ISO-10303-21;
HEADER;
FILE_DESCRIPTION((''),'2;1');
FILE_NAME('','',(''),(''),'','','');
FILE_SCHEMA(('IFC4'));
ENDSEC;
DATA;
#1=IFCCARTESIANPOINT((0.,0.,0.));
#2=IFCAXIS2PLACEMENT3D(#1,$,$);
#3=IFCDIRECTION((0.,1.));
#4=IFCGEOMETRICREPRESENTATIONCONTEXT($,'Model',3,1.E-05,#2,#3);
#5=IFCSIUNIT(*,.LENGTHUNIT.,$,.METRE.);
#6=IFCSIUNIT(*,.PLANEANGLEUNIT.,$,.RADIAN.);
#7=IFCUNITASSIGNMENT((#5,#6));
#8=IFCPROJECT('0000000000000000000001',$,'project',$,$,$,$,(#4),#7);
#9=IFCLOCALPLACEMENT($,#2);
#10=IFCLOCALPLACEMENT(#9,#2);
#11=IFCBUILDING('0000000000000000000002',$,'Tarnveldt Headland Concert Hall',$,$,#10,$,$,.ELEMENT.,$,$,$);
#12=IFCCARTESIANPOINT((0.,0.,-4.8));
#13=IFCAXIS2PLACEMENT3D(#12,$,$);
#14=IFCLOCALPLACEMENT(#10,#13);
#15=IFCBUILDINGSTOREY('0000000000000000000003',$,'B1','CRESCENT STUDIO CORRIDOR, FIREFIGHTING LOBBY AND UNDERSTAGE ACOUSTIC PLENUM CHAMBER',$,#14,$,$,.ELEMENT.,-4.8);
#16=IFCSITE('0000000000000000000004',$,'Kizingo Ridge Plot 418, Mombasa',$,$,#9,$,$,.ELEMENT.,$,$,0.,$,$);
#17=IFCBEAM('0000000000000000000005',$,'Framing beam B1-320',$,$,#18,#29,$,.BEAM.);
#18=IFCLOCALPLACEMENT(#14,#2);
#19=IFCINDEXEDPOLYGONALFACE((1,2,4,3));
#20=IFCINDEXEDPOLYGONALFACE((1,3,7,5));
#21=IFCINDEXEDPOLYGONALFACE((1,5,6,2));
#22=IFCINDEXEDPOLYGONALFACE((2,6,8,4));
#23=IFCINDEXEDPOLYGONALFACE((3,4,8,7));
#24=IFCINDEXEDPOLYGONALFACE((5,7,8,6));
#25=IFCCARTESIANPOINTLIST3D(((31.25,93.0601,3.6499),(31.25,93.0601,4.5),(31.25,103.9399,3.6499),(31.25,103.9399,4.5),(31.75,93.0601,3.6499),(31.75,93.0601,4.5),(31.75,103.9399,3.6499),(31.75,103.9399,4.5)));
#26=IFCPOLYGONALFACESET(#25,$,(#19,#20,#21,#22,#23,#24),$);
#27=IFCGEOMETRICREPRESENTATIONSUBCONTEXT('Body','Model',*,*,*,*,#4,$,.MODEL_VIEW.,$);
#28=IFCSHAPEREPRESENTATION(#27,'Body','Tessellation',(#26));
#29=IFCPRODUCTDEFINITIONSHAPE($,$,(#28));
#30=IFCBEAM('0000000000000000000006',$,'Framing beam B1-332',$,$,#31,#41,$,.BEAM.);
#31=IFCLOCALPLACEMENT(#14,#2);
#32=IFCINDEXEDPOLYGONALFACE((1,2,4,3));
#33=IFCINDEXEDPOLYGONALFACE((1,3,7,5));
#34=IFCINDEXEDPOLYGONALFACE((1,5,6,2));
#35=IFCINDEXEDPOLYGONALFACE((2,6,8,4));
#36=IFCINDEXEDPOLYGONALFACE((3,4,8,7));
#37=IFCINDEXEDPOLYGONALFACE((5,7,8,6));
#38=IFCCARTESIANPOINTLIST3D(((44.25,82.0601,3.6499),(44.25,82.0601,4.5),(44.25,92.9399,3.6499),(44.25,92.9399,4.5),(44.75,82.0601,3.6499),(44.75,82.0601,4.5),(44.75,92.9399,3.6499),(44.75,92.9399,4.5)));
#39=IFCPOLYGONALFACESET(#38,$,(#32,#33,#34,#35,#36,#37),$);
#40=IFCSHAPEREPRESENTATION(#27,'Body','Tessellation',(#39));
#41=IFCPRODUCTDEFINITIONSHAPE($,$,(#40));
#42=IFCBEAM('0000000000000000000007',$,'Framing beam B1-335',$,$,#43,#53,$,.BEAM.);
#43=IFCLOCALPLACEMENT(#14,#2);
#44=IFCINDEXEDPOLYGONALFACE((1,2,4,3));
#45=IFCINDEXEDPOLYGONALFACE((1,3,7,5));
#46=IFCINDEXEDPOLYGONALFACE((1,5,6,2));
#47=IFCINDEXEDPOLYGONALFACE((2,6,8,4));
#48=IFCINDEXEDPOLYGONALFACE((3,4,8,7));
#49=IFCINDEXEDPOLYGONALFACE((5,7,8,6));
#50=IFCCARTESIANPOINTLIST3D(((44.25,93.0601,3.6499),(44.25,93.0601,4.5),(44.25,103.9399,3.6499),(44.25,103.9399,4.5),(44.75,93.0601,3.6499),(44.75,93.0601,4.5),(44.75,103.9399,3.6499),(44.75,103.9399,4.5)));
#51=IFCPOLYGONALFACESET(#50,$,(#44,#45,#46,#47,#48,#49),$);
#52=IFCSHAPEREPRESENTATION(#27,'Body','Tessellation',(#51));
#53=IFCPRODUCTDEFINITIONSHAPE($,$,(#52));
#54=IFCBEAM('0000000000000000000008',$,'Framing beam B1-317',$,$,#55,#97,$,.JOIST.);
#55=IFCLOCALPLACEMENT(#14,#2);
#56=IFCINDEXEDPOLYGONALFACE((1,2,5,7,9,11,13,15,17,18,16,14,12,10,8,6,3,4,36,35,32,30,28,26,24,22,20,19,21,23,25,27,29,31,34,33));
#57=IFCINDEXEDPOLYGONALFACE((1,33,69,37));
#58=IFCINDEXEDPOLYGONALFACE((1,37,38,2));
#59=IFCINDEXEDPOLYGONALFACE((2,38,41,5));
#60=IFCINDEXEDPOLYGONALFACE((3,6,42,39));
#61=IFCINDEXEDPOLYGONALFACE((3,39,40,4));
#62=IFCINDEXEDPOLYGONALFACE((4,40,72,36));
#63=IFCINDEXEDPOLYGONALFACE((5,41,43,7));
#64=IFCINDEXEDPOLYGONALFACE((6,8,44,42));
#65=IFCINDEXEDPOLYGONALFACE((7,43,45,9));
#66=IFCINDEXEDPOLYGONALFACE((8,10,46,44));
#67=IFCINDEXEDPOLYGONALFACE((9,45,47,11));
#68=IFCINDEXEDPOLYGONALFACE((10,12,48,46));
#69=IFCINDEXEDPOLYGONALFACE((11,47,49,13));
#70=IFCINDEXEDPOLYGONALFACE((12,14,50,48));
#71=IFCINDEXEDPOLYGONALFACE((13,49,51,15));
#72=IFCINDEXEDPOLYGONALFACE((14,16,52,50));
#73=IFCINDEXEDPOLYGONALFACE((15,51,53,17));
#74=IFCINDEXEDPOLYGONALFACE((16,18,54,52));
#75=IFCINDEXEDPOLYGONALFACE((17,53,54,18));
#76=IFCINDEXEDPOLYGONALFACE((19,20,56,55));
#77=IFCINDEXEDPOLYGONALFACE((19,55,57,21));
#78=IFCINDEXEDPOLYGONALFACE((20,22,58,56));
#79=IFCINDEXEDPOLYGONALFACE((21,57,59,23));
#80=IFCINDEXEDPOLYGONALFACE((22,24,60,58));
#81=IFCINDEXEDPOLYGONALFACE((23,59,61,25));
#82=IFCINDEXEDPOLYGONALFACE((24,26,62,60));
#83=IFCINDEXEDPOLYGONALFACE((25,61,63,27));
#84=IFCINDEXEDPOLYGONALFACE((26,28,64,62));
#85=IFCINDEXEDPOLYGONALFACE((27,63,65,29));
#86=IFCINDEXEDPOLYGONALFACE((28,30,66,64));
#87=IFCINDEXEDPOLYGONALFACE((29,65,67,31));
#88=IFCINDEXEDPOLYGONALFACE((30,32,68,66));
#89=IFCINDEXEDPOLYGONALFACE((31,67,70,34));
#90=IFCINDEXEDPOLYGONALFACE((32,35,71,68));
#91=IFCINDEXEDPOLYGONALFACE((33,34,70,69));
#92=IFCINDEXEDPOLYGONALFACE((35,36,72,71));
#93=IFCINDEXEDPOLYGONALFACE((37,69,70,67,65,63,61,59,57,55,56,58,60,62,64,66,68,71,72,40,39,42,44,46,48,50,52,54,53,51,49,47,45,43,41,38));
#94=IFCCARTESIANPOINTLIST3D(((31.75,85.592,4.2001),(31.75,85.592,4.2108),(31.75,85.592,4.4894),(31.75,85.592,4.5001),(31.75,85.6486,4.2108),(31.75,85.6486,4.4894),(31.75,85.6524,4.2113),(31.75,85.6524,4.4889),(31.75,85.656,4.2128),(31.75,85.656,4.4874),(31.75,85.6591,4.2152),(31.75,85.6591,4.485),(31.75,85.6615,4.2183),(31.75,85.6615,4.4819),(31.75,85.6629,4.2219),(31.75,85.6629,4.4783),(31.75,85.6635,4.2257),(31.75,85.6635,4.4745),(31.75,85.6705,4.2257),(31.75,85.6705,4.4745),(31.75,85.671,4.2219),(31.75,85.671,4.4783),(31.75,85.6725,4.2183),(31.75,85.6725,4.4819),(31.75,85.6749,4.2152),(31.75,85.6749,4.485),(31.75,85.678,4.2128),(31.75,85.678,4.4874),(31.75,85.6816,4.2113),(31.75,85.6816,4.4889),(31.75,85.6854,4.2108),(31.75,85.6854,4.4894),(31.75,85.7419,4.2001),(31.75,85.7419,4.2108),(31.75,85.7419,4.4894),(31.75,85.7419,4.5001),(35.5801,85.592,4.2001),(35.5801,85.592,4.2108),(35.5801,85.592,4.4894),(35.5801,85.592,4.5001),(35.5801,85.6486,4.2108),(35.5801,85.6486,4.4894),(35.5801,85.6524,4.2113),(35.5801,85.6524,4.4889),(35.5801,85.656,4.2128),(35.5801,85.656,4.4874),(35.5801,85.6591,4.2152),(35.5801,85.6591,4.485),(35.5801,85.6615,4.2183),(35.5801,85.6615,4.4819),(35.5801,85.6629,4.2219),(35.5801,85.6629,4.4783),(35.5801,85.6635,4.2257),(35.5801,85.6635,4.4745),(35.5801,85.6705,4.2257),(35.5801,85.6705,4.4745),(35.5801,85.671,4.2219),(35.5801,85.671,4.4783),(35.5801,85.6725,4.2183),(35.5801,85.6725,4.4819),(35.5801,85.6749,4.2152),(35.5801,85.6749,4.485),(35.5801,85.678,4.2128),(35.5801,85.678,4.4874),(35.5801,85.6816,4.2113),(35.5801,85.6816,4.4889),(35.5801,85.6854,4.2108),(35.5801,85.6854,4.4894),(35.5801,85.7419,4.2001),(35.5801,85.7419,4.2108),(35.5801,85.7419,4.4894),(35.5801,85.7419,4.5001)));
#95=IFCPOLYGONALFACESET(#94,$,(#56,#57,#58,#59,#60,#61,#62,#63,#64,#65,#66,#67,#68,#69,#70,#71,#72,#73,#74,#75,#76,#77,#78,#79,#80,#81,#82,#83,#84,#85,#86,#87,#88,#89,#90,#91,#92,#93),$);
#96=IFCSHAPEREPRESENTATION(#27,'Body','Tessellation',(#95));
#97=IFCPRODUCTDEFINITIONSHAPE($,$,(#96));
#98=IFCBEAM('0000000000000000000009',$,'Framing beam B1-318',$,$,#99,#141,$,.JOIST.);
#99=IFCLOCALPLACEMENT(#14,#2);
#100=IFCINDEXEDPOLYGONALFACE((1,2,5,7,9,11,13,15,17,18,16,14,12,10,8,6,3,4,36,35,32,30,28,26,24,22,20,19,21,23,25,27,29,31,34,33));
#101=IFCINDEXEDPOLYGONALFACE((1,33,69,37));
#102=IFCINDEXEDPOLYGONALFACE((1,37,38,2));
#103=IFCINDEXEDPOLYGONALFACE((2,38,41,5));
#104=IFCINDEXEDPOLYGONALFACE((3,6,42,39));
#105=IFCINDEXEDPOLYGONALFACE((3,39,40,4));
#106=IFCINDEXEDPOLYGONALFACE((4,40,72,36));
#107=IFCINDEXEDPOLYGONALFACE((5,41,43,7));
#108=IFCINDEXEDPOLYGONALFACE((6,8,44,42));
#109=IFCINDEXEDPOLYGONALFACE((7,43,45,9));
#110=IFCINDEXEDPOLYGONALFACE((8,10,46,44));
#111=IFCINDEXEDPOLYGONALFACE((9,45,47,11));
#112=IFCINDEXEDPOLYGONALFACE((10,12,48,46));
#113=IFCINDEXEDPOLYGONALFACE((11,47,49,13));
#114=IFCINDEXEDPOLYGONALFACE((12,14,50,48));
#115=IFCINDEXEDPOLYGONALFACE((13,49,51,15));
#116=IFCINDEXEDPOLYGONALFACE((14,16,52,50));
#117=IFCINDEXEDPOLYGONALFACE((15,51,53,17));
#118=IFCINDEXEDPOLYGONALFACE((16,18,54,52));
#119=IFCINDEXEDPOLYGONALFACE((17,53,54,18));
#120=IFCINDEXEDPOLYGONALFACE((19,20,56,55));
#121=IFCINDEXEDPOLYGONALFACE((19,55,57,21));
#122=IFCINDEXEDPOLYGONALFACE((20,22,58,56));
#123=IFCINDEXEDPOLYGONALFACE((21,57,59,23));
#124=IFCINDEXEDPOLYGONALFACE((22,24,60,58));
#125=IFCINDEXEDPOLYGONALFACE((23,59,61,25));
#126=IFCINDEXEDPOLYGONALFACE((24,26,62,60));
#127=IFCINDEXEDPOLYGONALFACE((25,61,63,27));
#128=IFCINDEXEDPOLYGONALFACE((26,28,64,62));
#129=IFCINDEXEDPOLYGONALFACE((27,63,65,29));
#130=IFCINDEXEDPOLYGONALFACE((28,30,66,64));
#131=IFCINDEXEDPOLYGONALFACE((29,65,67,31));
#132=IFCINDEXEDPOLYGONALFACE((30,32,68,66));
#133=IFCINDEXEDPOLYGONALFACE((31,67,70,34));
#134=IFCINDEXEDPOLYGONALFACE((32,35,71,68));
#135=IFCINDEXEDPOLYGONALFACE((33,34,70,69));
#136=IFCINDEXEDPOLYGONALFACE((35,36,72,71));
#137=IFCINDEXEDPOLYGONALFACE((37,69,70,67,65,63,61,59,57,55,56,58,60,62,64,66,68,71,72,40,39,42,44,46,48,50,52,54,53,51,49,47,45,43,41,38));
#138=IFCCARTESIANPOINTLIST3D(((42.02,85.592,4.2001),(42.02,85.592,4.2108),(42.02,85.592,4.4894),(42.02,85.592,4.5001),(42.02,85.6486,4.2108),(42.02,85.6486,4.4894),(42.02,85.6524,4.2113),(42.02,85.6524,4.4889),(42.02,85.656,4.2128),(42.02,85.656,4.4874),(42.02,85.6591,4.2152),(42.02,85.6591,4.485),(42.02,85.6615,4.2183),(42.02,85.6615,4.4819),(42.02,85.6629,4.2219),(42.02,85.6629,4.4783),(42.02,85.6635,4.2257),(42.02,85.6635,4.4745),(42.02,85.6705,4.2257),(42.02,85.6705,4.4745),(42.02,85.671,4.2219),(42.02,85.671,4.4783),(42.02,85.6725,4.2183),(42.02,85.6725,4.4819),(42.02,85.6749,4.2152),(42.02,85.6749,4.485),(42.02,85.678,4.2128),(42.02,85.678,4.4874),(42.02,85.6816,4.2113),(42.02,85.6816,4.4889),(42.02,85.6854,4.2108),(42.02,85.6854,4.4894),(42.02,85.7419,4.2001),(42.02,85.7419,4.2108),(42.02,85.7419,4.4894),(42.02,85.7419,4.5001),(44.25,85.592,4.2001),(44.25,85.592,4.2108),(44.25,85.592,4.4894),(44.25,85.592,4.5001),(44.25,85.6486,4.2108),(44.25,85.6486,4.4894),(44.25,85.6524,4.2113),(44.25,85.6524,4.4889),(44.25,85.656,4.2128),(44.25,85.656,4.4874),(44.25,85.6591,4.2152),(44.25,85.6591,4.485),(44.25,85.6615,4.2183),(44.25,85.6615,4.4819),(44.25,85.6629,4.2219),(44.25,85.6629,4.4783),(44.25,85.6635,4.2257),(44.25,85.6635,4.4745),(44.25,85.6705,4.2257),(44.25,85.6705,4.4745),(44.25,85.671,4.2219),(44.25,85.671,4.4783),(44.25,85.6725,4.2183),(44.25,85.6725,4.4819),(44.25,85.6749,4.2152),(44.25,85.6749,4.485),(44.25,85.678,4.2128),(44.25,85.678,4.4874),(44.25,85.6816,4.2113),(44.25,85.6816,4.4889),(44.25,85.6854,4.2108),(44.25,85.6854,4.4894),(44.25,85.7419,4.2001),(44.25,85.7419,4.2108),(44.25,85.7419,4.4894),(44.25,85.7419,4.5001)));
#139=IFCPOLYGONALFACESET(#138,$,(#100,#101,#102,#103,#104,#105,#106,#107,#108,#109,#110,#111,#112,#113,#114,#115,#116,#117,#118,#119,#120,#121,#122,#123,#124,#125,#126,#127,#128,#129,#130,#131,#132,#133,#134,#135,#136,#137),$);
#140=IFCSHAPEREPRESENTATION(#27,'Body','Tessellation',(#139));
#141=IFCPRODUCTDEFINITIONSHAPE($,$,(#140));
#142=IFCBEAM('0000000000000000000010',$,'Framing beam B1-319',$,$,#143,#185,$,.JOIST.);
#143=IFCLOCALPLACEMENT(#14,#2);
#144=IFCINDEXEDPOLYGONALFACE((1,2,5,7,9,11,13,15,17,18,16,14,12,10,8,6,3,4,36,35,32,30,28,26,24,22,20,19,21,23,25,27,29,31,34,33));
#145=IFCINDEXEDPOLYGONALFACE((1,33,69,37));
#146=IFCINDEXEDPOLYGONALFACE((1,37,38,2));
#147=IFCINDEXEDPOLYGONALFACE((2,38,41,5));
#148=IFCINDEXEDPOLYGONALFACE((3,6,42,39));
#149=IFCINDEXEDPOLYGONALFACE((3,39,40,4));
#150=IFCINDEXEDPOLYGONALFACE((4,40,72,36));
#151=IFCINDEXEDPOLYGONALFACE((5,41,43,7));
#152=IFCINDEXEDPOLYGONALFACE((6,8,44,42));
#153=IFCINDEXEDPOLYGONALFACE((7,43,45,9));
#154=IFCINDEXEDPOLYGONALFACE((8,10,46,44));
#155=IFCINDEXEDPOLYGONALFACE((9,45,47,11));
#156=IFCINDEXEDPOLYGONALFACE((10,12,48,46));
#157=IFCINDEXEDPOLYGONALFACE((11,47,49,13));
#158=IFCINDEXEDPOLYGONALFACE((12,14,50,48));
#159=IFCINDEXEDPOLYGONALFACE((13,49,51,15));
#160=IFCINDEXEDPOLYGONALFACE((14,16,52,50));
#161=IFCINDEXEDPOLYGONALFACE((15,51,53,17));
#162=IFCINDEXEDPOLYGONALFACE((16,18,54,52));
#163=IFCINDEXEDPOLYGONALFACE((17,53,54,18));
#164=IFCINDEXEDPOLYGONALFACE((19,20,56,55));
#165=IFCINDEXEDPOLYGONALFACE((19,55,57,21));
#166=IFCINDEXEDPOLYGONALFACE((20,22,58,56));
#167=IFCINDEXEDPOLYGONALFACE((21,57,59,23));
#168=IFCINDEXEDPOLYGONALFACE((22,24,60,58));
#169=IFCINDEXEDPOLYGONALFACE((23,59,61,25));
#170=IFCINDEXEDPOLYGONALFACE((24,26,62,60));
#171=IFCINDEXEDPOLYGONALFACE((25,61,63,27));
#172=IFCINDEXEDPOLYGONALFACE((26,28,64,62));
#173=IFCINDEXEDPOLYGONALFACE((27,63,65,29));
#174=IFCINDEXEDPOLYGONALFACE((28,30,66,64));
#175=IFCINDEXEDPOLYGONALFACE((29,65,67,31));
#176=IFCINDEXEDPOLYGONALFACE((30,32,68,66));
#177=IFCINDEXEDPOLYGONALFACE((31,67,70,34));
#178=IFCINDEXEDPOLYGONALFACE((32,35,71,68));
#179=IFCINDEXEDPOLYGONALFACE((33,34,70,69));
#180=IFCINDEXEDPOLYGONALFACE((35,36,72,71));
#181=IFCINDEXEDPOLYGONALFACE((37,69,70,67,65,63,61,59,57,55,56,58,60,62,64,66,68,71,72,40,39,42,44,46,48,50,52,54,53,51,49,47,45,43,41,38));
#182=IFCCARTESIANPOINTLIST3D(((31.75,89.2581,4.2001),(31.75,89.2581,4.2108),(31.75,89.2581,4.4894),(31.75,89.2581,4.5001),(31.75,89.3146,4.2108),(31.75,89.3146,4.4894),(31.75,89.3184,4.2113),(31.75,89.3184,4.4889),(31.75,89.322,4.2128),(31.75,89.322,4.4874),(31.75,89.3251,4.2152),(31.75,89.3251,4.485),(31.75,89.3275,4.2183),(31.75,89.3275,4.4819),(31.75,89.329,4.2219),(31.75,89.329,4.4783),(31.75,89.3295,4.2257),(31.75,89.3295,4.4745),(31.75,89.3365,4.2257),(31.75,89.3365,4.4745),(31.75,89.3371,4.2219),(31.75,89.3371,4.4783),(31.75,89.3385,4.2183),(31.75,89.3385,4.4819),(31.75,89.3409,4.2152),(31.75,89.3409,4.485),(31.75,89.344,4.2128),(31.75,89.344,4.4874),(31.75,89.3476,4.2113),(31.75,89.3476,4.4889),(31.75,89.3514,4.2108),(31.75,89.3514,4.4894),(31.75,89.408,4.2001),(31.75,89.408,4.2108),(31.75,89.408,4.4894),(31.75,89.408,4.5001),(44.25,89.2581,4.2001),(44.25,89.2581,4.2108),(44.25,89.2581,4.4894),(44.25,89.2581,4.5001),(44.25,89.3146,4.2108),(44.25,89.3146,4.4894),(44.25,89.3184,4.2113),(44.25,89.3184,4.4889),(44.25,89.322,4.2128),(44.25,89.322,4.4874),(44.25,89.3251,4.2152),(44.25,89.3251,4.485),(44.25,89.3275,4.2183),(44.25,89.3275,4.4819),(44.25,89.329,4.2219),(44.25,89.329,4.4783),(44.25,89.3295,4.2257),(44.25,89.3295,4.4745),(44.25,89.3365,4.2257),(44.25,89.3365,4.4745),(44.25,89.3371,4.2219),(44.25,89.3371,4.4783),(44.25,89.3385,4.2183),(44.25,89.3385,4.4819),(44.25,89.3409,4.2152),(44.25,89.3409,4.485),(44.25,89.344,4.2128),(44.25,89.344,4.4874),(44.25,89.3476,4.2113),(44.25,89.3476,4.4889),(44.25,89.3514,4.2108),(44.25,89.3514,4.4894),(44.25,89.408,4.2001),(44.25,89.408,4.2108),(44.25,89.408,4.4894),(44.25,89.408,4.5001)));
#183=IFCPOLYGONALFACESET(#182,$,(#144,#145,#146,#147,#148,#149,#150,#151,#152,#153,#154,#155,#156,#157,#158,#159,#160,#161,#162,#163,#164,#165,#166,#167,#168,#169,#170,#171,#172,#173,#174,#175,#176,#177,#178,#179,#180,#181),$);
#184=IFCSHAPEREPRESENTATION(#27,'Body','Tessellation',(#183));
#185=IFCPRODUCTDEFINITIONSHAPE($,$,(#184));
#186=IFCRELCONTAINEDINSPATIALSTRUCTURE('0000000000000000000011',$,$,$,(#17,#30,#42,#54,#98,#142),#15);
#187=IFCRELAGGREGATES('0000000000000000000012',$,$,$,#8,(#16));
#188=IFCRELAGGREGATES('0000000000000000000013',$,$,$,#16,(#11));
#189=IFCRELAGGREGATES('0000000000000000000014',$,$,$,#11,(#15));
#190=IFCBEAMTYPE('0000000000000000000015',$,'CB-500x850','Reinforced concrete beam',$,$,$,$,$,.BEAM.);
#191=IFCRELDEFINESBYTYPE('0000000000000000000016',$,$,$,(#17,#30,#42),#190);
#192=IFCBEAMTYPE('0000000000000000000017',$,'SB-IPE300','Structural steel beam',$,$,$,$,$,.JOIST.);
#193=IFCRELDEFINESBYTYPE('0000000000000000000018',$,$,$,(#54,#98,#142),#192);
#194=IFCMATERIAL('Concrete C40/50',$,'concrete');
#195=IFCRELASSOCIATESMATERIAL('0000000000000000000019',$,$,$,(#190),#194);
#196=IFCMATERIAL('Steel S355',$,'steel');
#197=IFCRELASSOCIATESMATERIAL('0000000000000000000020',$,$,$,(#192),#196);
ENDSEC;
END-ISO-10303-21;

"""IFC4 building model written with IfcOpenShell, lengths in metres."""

from ifc_helpers import new_model, si_unit, direction, frame, origin, origin_2d, place, context, subcontext, project, spatial, rectangle, i_section, extrude, material, material_profile, profile_set, type_object, element, save


model = new_model("IFC4")

# Units and contexts
model_context = context("Model", 3, precision=1e-05, world=origin(), true_north=direction((0.0, 1.0)))
body_context = subcontext(model_context, "Body", "Model", "MODEL_VIEW")
ifc_project = project(units=[si_unit("LENGTHUNIT", "METRE"), si_unit("PLANEANGLEUNIT", "RADIAN")], contexts=[model_context])

# Site, building, storey
site_placement = place(None, origin())
site = spatial("IfcSite", under=ifc_project, at=site_placement, Name="Kizingo Ridge Plot 418, Mombasa", CompositionType="ELEMENT", RefElevation=0.0)
building_placement = place(site_placement, origin())
building = spatial("IfcBuilding", under=site, at=building_placement, Name="Tarnveldt Headland Concert Hall", CompositionType="ELEMENT")
storey_placement = place(building_placement, frame((0.0, 0.0, -4.8)))
storey = spatial("IfcBuildingStorey", under=building, at=storey_placement, Name="B1", Description="CRESCENT STUDIO CORRIDOR, FIREFIGHTING LOBBY AND UNDERSTAGE ACOUSTIC PLENUM CHAMBER", CompositionType="ELEMENT", Elevation=-4.8)

# Shared definitions
ifc_material_1 = material(Name="Concrete C40/50", Category="concrete")

# Shared definitions
ifc_material_2 = material(Name="Steel S355", Category="steel")

# Beams
ifc_material_profile_1 = material_profile(ifc_material_1, rectangle(XDim=0.5, YDim=0.8501, at=origin_2d()), Name="RC 500x850", Category="concrete")
ifc_profile_set_1 = profile_set([ifc_material_profile_1], Name="Concrete C40/50")
beam_type_1 = type_object("IfcBeamType", Name="CB-500x850", Description="Reinforced concrete beam", PredefinedType="BEAM", material=ifc_profile_set_1)
for number, where, z_axis, x_axis, name in (
    (1, (31.5, 93.0601, 4.075), (0.0, 1.0, 0.0), (-1.0, 0.0, 0.0), "Framing beam B1-320"),
    (2, (44.5, 82.0601, 4.075), (0.0, 1.0, 0.0), (-1.0, 0.0, 0.0), "Framing beam B1-332"),
    (3, (44.5, 93.0601, 4.075), (0.0, 1.0, 0.0), (-1.0, 0.0, 0.0), "Framing beam B1-335"),
):
    element("IfcBeam", number, at=place(storey_placement, frame(where, z_axis=z_axis, x_axis=x_axis)), inside=storey, type_object=beam_type_1, Name=name, PredefinedType="BEAM", context=body_context, shape_type="SweptSolid", body=[
        extrude(rectangle(XDim=0.5, YDim=0.8501, at=origin_2d()), origin(), (0.0, 0.0, 1.0), 10.8799),
    ])
ifc_material_profile_2 = material_profile(ifc_material_2, i_section(OverallWidth=0.1499, OverallDepth=0.3, WebThickness=0.0071, FlangeThickness=0.0107, FilletRadius=0.0149, at=origin_2d()), Name="IPE300", Category="steel")
ifc_profile_set_2 = profile_set([ifc_material_profile_2], Name="Steel S355")
beam_type_2 = type_object("IfcBeamType", Name="SB-IPE300", Description="Structural steel beam", PredefinedType="JOIST", material=ifc_profile_set_2)
beam_1_placement = place(storey_placement, frame((31.75, 85.667, 4.3501), z_axis=(1.0, 0.0, 0.0), x_axis=(0.0, 1.0, 0.0)))
element("IfcBeam", 4, at=beam_1_placement, inside=storey, type_object=beam_type_2, Name="Framing beam B1-317", PredefinedType="JOIST", context=body_context, shape_type="SweptSolid", body=[
    extrude(i_section(OverallWidth=0.1499, OverallDepth=0.3, WebThickness=0.0071, FlangeThickness=0.0107, FilletRadius=0.0149, at=origin_2d()), origin(), (0.0, 0.0, 1.0), 3.8301),
])
beam_2_placement = place(storey_placement, frame((42.02, 85.667, 4.3501), z_axis=(1.0, 0.0, 0.0), x_axis=(0.0, 1.0, 0.0)))
element("IfcBeam", 5, at=beam_2_placement, inside=storey, type_object=beam_type_2, Name="Framing beam B1-318", PredefinedType="JOIST", context=body_context, shape_type="SweptSolid", body=[
    extrude(i_section(OverallWidth=0.1499, OverallDepth=0.3, WebThickness=0.0071, FlangeThickness=0.0107, FilletRadius=0.0149, at=origin_2d()), origin(), (0.0, 0.0, 1.0), 2.23),
])
beam_3_placement = place(storey_placement, frame((31.75, 89.333, 4.3501), z_axis=(1.0, 0.0, 0.0), x_axis=(0.0, 1.0, 0.0)))
element("IfcBeam", 6, at=beam_3_placement, inside=storey, type_object=beam_type_2, Name="Framing beam B1-319", PredefinedType="JOIST", context=body_context, shape_type="SweptSolid", body=[
    extrude(i_section(OverallWidth=0.1499, OverallDepth=0.3, WebThickness=0.0071, FlangeThickness=0.0107, FilletRadius=0.0149, at=origin_2d()), origin(), (0.0, 0.0, 1.0), 12.5),
])

save(model, "model.ifc")
